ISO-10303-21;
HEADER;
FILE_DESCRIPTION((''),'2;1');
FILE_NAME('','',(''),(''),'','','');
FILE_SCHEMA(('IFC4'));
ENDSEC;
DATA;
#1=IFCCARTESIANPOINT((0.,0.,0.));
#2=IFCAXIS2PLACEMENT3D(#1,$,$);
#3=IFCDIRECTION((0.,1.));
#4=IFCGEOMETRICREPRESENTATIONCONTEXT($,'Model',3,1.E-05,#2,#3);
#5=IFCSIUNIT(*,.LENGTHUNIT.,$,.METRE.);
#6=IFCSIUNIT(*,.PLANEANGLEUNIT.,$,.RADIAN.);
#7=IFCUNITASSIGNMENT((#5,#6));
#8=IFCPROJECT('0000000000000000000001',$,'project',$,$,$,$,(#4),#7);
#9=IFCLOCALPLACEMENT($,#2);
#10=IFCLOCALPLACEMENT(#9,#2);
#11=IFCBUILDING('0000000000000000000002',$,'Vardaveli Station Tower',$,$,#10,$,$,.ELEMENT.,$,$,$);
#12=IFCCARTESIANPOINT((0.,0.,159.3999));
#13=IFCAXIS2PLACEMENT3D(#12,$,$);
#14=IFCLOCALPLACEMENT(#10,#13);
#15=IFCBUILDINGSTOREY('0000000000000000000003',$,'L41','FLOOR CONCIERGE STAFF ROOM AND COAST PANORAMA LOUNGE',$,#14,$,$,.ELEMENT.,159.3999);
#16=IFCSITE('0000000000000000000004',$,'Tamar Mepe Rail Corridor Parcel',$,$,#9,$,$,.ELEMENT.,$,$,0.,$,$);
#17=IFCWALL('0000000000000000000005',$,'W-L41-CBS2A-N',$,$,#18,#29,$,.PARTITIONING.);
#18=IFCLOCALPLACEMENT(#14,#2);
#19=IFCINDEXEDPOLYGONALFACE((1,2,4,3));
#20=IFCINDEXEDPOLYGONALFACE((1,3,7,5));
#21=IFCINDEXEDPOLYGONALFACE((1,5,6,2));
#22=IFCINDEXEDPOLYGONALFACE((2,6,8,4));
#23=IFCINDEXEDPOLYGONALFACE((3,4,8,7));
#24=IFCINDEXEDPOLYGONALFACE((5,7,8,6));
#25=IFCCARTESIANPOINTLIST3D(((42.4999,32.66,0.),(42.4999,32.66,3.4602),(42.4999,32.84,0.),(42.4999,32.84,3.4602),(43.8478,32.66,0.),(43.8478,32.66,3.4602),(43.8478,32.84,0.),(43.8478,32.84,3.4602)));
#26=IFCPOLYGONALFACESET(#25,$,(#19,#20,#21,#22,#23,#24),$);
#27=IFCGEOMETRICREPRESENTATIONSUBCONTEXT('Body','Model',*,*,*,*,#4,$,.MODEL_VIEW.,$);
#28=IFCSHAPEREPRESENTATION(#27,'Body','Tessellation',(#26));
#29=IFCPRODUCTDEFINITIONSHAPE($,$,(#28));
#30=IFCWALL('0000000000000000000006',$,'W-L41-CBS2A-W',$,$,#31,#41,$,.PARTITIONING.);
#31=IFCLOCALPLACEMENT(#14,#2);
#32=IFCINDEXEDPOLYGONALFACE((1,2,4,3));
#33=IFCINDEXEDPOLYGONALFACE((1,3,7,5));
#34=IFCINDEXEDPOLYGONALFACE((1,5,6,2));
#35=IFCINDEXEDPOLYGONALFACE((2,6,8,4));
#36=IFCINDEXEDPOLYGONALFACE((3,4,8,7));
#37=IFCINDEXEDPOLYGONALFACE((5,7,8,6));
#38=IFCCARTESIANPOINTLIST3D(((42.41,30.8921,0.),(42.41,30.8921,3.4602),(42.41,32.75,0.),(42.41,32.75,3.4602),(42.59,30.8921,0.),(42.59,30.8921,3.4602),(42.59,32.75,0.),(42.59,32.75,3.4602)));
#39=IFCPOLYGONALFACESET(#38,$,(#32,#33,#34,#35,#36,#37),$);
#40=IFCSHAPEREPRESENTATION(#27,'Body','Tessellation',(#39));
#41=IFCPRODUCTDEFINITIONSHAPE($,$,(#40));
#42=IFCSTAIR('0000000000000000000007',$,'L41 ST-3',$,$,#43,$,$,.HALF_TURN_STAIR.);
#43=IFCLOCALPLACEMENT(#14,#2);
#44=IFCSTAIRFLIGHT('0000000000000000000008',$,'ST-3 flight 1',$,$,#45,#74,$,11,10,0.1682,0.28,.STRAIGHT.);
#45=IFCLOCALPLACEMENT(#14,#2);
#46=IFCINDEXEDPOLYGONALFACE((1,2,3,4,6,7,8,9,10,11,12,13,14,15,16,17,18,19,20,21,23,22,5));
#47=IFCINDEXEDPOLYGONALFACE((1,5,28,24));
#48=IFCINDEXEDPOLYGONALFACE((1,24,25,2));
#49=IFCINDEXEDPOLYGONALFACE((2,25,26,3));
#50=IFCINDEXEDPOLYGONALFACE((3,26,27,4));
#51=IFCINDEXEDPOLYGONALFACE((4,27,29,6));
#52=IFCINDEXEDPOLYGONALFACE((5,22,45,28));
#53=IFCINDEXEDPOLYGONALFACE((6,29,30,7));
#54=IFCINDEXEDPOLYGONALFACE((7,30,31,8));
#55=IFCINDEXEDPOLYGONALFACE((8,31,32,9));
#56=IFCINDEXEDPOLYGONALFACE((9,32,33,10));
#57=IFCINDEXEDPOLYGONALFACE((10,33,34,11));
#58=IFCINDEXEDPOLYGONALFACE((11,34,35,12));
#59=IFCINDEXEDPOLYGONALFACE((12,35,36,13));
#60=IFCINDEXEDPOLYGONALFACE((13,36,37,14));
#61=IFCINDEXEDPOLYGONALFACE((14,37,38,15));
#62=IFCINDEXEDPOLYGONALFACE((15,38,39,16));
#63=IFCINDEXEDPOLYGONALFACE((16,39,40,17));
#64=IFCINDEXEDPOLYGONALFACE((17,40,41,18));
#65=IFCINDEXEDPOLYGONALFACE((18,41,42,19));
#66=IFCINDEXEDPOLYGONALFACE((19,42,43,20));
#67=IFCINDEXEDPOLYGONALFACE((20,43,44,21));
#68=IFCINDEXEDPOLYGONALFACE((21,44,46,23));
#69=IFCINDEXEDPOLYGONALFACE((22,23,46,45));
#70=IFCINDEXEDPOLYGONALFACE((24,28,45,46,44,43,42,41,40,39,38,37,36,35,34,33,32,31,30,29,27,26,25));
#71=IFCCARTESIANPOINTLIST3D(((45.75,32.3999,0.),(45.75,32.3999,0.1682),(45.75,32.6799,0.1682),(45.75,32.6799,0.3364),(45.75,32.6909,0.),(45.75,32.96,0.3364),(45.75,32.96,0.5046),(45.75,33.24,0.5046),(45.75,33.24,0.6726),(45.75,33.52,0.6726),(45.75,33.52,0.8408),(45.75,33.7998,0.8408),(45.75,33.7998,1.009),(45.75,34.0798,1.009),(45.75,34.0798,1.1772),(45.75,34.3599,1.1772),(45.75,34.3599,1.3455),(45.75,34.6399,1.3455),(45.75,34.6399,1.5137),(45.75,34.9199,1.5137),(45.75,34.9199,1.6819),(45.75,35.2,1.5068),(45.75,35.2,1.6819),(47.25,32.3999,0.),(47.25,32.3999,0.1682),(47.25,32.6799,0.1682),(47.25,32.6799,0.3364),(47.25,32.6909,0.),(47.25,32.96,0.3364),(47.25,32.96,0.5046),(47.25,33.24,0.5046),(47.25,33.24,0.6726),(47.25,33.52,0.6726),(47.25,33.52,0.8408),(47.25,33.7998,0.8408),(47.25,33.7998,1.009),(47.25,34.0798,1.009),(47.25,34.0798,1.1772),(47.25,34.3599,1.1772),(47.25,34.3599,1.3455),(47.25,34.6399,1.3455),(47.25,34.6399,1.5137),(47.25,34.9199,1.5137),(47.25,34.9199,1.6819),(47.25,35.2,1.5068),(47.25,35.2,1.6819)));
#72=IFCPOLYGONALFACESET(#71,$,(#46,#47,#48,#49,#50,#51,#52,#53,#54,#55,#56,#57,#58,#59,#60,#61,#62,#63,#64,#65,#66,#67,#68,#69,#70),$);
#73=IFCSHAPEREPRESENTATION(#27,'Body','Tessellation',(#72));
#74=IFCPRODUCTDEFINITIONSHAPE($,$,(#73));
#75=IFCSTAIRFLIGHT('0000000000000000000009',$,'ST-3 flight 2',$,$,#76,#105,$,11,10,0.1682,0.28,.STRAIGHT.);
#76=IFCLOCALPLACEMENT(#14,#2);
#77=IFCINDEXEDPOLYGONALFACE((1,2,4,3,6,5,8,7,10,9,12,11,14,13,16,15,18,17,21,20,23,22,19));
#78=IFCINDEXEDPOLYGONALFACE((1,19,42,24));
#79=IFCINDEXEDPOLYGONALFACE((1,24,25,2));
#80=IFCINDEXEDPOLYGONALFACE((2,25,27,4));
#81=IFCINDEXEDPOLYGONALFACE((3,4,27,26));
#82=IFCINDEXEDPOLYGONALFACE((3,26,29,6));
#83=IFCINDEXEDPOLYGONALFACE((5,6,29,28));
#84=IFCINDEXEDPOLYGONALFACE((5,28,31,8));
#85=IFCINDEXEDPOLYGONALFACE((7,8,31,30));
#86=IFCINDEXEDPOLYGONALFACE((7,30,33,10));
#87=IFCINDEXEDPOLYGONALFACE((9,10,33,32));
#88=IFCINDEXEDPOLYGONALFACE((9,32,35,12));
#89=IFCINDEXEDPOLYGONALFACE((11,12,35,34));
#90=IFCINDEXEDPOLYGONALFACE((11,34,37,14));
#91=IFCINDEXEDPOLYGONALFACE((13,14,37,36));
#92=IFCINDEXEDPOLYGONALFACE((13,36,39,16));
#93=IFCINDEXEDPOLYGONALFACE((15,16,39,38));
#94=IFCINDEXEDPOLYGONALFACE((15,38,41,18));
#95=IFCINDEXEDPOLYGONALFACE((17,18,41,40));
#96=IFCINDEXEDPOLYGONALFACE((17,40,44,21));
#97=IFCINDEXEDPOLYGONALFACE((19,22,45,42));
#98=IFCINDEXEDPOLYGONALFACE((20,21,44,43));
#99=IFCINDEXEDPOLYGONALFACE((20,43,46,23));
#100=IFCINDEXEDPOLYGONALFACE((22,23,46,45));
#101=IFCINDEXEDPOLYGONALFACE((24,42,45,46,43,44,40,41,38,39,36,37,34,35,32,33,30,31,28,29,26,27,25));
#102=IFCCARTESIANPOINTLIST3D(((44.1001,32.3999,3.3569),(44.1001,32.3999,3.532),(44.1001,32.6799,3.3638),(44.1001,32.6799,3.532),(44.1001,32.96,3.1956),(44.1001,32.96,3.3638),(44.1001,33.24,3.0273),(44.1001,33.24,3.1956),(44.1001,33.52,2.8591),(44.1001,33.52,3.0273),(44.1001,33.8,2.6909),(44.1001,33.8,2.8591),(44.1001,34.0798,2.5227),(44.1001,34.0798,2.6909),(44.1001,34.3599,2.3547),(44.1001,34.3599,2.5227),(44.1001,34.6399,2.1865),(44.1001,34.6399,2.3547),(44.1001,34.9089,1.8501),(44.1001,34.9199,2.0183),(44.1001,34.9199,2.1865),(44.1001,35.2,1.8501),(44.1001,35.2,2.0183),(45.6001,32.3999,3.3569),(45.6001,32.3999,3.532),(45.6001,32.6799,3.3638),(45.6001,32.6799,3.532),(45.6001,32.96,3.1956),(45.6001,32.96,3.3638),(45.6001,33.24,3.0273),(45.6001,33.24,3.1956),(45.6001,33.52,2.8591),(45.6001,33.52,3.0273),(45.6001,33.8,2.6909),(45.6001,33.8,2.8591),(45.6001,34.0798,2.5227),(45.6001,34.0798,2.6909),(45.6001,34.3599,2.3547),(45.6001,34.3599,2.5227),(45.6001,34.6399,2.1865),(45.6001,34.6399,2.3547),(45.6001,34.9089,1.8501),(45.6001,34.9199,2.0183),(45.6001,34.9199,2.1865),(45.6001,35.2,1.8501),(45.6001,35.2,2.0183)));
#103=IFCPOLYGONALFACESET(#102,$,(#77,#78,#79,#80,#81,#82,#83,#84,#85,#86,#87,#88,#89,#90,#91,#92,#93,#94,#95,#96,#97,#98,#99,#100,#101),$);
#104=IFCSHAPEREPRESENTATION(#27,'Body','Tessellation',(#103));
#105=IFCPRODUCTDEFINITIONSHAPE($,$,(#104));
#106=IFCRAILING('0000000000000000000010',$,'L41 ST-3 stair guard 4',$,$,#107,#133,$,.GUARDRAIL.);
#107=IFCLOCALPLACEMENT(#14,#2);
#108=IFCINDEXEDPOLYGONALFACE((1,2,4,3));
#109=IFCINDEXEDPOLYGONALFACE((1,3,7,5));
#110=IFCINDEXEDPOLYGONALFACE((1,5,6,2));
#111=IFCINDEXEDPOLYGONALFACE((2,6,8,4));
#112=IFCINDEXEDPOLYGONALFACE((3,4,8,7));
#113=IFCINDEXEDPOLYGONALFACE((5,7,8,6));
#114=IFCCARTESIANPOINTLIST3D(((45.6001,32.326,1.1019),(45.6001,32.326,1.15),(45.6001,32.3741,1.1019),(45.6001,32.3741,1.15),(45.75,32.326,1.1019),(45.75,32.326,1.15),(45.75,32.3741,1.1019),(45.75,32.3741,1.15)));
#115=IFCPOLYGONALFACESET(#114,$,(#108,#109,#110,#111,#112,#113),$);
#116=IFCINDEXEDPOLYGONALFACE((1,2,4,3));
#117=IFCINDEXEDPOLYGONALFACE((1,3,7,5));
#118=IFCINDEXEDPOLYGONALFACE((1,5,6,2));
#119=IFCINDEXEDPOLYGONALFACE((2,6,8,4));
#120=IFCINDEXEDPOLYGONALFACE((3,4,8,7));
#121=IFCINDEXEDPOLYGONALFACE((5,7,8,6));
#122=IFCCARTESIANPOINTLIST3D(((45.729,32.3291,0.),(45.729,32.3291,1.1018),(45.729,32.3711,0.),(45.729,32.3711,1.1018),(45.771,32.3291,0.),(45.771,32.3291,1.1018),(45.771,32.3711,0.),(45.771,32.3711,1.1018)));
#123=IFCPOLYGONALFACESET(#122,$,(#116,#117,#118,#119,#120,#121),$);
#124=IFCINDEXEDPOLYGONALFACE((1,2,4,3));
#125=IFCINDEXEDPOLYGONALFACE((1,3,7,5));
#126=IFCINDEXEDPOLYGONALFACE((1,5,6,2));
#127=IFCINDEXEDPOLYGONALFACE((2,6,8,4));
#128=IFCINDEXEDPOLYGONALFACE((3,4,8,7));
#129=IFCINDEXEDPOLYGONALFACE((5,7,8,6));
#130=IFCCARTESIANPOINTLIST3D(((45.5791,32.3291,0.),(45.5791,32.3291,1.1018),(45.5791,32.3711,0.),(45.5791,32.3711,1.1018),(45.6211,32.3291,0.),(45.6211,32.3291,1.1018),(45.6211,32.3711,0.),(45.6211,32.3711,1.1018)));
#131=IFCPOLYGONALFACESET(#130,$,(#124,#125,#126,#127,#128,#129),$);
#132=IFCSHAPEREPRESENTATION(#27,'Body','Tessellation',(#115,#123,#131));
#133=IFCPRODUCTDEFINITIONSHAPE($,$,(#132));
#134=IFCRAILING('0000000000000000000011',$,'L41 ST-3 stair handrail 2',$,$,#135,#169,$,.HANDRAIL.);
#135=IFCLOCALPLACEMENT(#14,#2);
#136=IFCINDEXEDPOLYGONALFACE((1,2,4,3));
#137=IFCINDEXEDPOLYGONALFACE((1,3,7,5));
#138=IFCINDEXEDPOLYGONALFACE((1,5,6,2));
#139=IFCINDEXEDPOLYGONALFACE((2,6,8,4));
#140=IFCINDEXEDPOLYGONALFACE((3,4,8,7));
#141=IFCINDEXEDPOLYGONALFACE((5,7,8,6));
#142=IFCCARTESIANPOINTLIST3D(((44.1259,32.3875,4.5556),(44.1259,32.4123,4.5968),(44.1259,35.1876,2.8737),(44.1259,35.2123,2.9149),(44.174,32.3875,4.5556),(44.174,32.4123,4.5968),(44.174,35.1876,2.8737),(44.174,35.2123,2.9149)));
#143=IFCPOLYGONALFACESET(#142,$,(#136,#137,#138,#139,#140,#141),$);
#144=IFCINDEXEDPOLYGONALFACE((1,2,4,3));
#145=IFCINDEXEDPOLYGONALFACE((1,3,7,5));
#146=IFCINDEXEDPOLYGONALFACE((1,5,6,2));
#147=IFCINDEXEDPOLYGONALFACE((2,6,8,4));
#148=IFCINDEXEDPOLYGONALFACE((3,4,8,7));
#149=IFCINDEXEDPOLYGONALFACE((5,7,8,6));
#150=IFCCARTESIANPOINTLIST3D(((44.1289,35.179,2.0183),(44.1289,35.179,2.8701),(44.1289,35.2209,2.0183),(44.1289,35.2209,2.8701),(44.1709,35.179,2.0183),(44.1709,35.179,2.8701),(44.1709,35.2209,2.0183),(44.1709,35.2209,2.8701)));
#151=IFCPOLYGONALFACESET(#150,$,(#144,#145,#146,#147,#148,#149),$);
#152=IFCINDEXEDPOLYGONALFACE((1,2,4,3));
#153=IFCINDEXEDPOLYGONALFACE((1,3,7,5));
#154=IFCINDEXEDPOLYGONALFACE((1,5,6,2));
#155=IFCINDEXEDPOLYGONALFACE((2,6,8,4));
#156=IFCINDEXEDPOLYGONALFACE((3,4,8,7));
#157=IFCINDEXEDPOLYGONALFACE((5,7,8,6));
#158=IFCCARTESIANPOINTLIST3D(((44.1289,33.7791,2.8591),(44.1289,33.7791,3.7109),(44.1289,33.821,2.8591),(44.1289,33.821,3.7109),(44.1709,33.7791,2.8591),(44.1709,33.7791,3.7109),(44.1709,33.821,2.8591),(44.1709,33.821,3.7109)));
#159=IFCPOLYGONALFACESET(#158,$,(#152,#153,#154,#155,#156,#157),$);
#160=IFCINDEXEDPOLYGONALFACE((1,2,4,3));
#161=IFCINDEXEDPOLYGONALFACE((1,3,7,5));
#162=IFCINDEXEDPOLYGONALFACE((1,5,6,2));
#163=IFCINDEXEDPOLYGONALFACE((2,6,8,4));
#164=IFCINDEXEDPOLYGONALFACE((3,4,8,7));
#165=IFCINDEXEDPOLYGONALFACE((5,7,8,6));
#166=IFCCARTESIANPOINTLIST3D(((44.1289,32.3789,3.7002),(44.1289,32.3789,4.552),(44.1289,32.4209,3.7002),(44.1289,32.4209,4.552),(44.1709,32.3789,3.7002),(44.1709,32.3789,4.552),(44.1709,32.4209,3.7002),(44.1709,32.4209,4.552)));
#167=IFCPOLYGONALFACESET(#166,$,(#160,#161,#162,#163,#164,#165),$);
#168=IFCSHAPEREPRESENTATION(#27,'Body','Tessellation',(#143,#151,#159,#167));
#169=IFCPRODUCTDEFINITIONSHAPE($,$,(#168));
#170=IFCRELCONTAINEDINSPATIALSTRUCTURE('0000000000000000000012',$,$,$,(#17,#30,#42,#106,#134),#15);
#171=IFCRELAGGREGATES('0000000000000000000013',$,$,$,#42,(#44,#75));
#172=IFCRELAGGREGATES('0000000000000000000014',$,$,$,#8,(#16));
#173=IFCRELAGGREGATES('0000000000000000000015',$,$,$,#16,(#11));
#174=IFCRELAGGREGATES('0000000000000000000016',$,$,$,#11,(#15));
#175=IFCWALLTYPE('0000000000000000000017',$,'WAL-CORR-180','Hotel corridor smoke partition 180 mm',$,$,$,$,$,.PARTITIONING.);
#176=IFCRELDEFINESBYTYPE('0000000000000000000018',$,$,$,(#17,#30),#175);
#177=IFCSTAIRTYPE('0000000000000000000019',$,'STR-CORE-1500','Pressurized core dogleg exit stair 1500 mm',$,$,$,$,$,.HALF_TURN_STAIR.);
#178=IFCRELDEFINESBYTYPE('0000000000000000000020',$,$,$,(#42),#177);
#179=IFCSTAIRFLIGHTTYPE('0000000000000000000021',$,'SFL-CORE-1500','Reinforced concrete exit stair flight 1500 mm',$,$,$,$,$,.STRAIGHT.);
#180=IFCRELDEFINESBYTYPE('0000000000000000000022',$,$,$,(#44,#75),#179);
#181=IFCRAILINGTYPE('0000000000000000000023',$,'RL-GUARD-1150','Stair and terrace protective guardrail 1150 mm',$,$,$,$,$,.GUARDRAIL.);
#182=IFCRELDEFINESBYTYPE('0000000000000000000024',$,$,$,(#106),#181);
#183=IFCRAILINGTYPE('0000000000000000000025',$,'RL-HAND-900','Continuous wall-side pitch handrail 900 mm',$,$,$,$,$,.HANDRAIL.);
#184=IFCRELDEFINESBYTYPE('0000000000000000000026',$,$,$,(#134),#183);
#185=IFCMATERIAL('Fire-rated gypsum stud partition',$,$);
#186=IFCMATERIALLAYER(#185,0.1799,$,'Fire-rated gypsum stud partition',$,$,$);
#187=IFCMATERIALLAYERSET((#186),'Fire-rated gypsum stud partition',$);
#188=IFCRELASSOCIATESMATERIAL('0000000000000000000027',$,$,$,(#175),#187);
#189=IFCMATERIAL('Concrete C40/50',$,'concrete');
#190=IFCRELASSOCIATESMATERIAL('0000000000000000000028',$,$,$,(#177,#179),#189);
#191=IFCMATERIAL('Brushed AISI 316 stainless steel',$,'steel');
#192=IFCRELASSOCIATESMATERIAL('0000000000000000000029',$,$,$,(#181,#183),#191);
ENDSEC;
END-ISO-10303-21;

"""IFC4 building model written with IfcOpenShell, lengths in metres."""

from ifc_helpers import new_model, si_unit, direction, frame, frame_2d, origin, origin_2d, place, context, subcontext, project, spatial, polyline, rectangle, outline, extrude, source, transform, mapped, material, layer, layer_set, type_object, element, aggregate, save


model = new_model("IFC4")

# Units and contexts
model_context = context("Model", 3, precision=1e-05, world=origin(), true_north=direction((0.0, 1.0)))
body_context = subcontext(model_context, "Body", "Model", "MODEL_VIEW")
ifc_project = project(units=[si_unit("LENGTHUNIT", "METRE"), si_unit("PLANEANGLEUNIT", "RADIAN")], contexts=[model_context])

# Site, building, storey
site_placement = place(None, origin())
site = spatial("IfcSite", under=ifc_project, at=site_placement, Name="Tamar Mepe Rail Corridor Parcel", CompositionType="ELEMENT", RefElevation=0.0)
building_placement = place(site_placement, origin())
building = spatial("IfcBuilding", under=site, at=building_placement, Name="Vardaveli Station Tower", CompositionType="ELEMENT")
storey_placement = place(building_placement, frame((0.0, 0.0, 159.3999)))
storey = spatial("IfcBuildingStorey", under=building, at=storey_placement, Name="L41", Description="FLOOR CONCIERGE STAFF ROOM AND COAST PANORAMA LOUNGE", CompositionType="ELEMENT", Elevation=159.3999)

# Shared definitions
ifc_material_1 = material(Name="Concrete C40/50", Category="concrete")

# Shared definitions
ifc_material_2 = material(Name="Fire-rated gypsum stud partition")
ifc_layer_1 = layer(ifc_material_2, 0.1799, Name="Fire-rated gypsum stud partition")
ifc_layer_set_1 = layer_set([ifc_layer_1], Name="Fire-rated gypsum stud partition")
wall_type_1 = type_object("IfcWallType", Name="WAL-CORR-180", Description="Hotel corridor smoke partition 180 mm", PredefinedType="PARTITIONING", material=ifc_layer_set_1)

# Walls
shared_shape_1 = source(origin(), body_context, "Body", "SweptSolid", [
    extrude(rectangle(XDim=1.3479, YDim=0.1799, at=frame_2d((0.6738, 0.0))), origin(), (0.0, 0.0, 1.0), 3.4602),
])
wall_1_placement = place(storey_placement, frame((42.5, 32.75, 0.0), z_axis=(0.0, 0.0, 1.0), x_axis=(1.0, 0.0, 0.0)))
element("IfcWall", 1, at=wall_1_placement, inside=storey, type_object=wall_type_1, Name="W-L41-CBS2A-N", PredefinedType="PARTITIONING", context=body_context, shape_type="MappedRepresentation", body=[
    mapped(shared_shape_1, transform((0.0, 0.0, 0.0), scale=1.0)),
])
shared_shape_2 = source(origin(), body_context, "Body", "SweptSolid", [
    extrude(rectangle(XDim=1.8579, YDim=0.1799, at=frame_2d((0.929, 0.0))), origin(), (0.0, 0.0, 1.0), 3.4602),
])
wall_2_placement = place(storey_placement, frame((42.5, 30.8921, 0.0), z_axis=(0.0, 0.0, 1.0), x_axis=(0.0, 1.0, 0.0)))
element("IfcWall", 2, at=wall_2_placement, inside=storey, type_object=wall_type_1, Name="W-L41-CBS2A-W", PredefinedType="PARTITIONING", context=body_context, shape_type="MappedRepresentation", body=[
    mapped(shared_shape_2, transform((0.0, 0.0, 0.0), scale=1.0)),
])

# Stair, stair flights
stair_type = type_object("IfcStairType", Name="STR-CORE-1500", Description="Pressurized core dogleg exit stair 1500 mm", PredefinedType="HALF_TURN_STAIR", material=ifc_material_1)
stair_placement = place(storey_placement, origin())
stair = element("IfcStair", 3, at=stair_placement, inside=storey, type_object=stair_type, Name="L41 ST-3", PredefinedType="HALF_TURN_STAIR")
stair_flight_type = type_object("IfcStairFlightType", Name="SFL-CORE-1500", Description="Reinforced concrete exit stair flight 1500 mm", PredefinedType="STRAIGHT", material=ifc_material_1)
shared_shape_3 = source(origin(), body_context, "Body", "SweptSolid", [
    extrude(outline(polyline([(0.0, 0.0), (0.0, 0.1682), (0.28, 0.1682), (0.28, 0.3364), (0.5601, 0.3364), (0.5601, 0.5046), (0.8401, 0.5046), (0.8401, 0.6726), (1.1201, 0.6726), (1.1201, 0.8408), (1.3999, 0.8408), (1.3999, 1.009), (1.6799, 1.009), (1.6799, 1.1772), (1.96, 1.1772), (1.96, 1.3455), (2.24, 1.3455), (2.24, 1.5137), (2.52, 1.5137), (2.52, 1.6819), (2.8, 1.6819), (2.8, 1.8501), (2.8, 1.5068), (0.291, 0.0), (0.0, 0.0)])), frame((0.0, 0.75, 0.0), z_axis=(0.0, -1.0, 0.0), x_axis=(1.0, 0.0, 0.0)), (0.0, 0.0, 1.0), 1.5),
])
stair_flight_1_placement = place(storey_placement, frame((46.5, 32.3999, 0.0), z_axis=(0.0, 0.0, 1.0), x_axis=(0.0, 1.0, 0.0)))
stair_flight_1 = element("IfcStairFlight", 4, at=stair_flight_1_placement, type_object=stair_flight_type, Name="ST-3 flight 1", NumberOfRisers=11, NumberOfTreads=10, PredefinedType="STRAIGHT", RiserHeight=0.1682, TreadLength=0.28, context=body_context, shape_type="MappedRepresentation", body=[
    mapped(shared_shape_3, transform((0.0, 0.0, 0.0), scale=1.0)),
])
stair_flight_2_placement = place(storey_placement, frame((44.8501, 35.2, 1.8501), z_axis=(0.0, 0.0, 1.0), x_axis=(0.0, -1.0, 0.0)))
stair_flight_2 = element("IfcStairFlight", 5, at=stair_flight_2_placement, type_object=stair_flight_type, Name="ST-3 flight 2", NumberOfRisers=11, NumberOfTreads=10, PredefinedType="STRAIGHT", RiserHeight=0.1682, TreadLength=0.28, context=body_context, shape_type="MappedRepresentation", body=[
    mapped(shared_shape_3, transform((0.0, 0.0, 0.0), scale=1.0)),
])
aggregate(stair, [stair_flight_1, stair_flight_2])

# Railings
ifc_material_3 = material(Name="Brushed AISI 316 stainless steel", Category="steel")
railing_type_1 = type_object("IfcRailingType", Name="RL-GUARD-1150", Description="Stair and terrace protective guardrail 1150 mm", PredefinedType="GUARDRAIL", material=ifc_material_3)
shared_shape_4 = source(origin(), body_context, "Body", "SweptSolid", [
    extrude(rectangle(XDim=0.0481, YDim=0.0481, at=origin_2d()), frame((0.0, 0.0, 1.126), z_axis=(-1.0, 0.0, 0.0), x_axis=(0.0, -1.0, 0.0)), (0.0, 0.0, 1.0), 0.1499),
    extrude(rectangle(XDim=0.042, YDim=0.042, at=origin_2d()), origin(), (0.0, 0.0, 1.0), 1.1018),
    extrude(rectangle(XDim=0.042, YDim=0.042, at=origin_2d()), frame((-0.1499, 0.0, 0.0)), (0.0, 0.0, 1.0), 1.1018),
])
railing_1_placement = place(storey_placement, frame((45.75, 32.3501, 0.0)))
element("IfcRailing", 6, at=railing_1_placement, inside=storey, type_object=railing_type_1, Name="L41 ST-3 stair guard 4", PredefinedType="GUARDRAIL", context=body_context, shape_type="MappedRepresentation", body=[
    mapped(shared_shape_4, transform((0.0, 0.0, 0.0), scale=1.0)),
])
railing_type_2 = type_object("IfcRailingType", Name="RL-HAND-900", Description="Continuous wall-side pitch handrail 900 mm", PredefinedType="HANDRAIL", material=ifc_material_3)
shared_shape_5 = source(origin(), body_context, "Body", "SweptSolid", [
    extrude(rectangle(XDim=0.0481, YDim=0.0481, at=origin_2d()), frame((0.0, 0.0, 0.876), z_axis=(0.0, -0.857242, 0.514913), x_axis=(1.0, 0.0, 0.0)), (0.0, 0.0, 1.0), 3.2664),
    extrude(rectangle(XDim=0.042, YDim=0.042, at=origin_2d()), origin(), (0.0, 0.0, 1.0), 0.8518),
    extrude(rectangle(XDim=0.042, YDim=0.042, at=origin_2d()), frame((0.0, -1.3999, 0.8408)), (0.0, 0.0, 1.0), 0.8518),
    extrude(rectangle(XDim=0.042, YDim=0.042, at=origin_2d()), frame((0.0, -2.8, 1.6819)), (0.0, 0.0, 1.0), 0.8518),
])
railing_2_placement = place(storey_placement, frame((44.1499, 35.2, 2.0183)))
element("IfcRailing", 7, at=railing_2_placement, inside=storey, type_object=railing_type_2, Name="L41 ST-3 stair handrail 2", PredefinedType="HANDRAIL", context=body_context, shape_type="MappedRepresentation", body=[
    mapped(shared_shape_5, transform((0.0, 0.0, 0.0), scale=1.0)),
])

save(model, "model.ifc")
